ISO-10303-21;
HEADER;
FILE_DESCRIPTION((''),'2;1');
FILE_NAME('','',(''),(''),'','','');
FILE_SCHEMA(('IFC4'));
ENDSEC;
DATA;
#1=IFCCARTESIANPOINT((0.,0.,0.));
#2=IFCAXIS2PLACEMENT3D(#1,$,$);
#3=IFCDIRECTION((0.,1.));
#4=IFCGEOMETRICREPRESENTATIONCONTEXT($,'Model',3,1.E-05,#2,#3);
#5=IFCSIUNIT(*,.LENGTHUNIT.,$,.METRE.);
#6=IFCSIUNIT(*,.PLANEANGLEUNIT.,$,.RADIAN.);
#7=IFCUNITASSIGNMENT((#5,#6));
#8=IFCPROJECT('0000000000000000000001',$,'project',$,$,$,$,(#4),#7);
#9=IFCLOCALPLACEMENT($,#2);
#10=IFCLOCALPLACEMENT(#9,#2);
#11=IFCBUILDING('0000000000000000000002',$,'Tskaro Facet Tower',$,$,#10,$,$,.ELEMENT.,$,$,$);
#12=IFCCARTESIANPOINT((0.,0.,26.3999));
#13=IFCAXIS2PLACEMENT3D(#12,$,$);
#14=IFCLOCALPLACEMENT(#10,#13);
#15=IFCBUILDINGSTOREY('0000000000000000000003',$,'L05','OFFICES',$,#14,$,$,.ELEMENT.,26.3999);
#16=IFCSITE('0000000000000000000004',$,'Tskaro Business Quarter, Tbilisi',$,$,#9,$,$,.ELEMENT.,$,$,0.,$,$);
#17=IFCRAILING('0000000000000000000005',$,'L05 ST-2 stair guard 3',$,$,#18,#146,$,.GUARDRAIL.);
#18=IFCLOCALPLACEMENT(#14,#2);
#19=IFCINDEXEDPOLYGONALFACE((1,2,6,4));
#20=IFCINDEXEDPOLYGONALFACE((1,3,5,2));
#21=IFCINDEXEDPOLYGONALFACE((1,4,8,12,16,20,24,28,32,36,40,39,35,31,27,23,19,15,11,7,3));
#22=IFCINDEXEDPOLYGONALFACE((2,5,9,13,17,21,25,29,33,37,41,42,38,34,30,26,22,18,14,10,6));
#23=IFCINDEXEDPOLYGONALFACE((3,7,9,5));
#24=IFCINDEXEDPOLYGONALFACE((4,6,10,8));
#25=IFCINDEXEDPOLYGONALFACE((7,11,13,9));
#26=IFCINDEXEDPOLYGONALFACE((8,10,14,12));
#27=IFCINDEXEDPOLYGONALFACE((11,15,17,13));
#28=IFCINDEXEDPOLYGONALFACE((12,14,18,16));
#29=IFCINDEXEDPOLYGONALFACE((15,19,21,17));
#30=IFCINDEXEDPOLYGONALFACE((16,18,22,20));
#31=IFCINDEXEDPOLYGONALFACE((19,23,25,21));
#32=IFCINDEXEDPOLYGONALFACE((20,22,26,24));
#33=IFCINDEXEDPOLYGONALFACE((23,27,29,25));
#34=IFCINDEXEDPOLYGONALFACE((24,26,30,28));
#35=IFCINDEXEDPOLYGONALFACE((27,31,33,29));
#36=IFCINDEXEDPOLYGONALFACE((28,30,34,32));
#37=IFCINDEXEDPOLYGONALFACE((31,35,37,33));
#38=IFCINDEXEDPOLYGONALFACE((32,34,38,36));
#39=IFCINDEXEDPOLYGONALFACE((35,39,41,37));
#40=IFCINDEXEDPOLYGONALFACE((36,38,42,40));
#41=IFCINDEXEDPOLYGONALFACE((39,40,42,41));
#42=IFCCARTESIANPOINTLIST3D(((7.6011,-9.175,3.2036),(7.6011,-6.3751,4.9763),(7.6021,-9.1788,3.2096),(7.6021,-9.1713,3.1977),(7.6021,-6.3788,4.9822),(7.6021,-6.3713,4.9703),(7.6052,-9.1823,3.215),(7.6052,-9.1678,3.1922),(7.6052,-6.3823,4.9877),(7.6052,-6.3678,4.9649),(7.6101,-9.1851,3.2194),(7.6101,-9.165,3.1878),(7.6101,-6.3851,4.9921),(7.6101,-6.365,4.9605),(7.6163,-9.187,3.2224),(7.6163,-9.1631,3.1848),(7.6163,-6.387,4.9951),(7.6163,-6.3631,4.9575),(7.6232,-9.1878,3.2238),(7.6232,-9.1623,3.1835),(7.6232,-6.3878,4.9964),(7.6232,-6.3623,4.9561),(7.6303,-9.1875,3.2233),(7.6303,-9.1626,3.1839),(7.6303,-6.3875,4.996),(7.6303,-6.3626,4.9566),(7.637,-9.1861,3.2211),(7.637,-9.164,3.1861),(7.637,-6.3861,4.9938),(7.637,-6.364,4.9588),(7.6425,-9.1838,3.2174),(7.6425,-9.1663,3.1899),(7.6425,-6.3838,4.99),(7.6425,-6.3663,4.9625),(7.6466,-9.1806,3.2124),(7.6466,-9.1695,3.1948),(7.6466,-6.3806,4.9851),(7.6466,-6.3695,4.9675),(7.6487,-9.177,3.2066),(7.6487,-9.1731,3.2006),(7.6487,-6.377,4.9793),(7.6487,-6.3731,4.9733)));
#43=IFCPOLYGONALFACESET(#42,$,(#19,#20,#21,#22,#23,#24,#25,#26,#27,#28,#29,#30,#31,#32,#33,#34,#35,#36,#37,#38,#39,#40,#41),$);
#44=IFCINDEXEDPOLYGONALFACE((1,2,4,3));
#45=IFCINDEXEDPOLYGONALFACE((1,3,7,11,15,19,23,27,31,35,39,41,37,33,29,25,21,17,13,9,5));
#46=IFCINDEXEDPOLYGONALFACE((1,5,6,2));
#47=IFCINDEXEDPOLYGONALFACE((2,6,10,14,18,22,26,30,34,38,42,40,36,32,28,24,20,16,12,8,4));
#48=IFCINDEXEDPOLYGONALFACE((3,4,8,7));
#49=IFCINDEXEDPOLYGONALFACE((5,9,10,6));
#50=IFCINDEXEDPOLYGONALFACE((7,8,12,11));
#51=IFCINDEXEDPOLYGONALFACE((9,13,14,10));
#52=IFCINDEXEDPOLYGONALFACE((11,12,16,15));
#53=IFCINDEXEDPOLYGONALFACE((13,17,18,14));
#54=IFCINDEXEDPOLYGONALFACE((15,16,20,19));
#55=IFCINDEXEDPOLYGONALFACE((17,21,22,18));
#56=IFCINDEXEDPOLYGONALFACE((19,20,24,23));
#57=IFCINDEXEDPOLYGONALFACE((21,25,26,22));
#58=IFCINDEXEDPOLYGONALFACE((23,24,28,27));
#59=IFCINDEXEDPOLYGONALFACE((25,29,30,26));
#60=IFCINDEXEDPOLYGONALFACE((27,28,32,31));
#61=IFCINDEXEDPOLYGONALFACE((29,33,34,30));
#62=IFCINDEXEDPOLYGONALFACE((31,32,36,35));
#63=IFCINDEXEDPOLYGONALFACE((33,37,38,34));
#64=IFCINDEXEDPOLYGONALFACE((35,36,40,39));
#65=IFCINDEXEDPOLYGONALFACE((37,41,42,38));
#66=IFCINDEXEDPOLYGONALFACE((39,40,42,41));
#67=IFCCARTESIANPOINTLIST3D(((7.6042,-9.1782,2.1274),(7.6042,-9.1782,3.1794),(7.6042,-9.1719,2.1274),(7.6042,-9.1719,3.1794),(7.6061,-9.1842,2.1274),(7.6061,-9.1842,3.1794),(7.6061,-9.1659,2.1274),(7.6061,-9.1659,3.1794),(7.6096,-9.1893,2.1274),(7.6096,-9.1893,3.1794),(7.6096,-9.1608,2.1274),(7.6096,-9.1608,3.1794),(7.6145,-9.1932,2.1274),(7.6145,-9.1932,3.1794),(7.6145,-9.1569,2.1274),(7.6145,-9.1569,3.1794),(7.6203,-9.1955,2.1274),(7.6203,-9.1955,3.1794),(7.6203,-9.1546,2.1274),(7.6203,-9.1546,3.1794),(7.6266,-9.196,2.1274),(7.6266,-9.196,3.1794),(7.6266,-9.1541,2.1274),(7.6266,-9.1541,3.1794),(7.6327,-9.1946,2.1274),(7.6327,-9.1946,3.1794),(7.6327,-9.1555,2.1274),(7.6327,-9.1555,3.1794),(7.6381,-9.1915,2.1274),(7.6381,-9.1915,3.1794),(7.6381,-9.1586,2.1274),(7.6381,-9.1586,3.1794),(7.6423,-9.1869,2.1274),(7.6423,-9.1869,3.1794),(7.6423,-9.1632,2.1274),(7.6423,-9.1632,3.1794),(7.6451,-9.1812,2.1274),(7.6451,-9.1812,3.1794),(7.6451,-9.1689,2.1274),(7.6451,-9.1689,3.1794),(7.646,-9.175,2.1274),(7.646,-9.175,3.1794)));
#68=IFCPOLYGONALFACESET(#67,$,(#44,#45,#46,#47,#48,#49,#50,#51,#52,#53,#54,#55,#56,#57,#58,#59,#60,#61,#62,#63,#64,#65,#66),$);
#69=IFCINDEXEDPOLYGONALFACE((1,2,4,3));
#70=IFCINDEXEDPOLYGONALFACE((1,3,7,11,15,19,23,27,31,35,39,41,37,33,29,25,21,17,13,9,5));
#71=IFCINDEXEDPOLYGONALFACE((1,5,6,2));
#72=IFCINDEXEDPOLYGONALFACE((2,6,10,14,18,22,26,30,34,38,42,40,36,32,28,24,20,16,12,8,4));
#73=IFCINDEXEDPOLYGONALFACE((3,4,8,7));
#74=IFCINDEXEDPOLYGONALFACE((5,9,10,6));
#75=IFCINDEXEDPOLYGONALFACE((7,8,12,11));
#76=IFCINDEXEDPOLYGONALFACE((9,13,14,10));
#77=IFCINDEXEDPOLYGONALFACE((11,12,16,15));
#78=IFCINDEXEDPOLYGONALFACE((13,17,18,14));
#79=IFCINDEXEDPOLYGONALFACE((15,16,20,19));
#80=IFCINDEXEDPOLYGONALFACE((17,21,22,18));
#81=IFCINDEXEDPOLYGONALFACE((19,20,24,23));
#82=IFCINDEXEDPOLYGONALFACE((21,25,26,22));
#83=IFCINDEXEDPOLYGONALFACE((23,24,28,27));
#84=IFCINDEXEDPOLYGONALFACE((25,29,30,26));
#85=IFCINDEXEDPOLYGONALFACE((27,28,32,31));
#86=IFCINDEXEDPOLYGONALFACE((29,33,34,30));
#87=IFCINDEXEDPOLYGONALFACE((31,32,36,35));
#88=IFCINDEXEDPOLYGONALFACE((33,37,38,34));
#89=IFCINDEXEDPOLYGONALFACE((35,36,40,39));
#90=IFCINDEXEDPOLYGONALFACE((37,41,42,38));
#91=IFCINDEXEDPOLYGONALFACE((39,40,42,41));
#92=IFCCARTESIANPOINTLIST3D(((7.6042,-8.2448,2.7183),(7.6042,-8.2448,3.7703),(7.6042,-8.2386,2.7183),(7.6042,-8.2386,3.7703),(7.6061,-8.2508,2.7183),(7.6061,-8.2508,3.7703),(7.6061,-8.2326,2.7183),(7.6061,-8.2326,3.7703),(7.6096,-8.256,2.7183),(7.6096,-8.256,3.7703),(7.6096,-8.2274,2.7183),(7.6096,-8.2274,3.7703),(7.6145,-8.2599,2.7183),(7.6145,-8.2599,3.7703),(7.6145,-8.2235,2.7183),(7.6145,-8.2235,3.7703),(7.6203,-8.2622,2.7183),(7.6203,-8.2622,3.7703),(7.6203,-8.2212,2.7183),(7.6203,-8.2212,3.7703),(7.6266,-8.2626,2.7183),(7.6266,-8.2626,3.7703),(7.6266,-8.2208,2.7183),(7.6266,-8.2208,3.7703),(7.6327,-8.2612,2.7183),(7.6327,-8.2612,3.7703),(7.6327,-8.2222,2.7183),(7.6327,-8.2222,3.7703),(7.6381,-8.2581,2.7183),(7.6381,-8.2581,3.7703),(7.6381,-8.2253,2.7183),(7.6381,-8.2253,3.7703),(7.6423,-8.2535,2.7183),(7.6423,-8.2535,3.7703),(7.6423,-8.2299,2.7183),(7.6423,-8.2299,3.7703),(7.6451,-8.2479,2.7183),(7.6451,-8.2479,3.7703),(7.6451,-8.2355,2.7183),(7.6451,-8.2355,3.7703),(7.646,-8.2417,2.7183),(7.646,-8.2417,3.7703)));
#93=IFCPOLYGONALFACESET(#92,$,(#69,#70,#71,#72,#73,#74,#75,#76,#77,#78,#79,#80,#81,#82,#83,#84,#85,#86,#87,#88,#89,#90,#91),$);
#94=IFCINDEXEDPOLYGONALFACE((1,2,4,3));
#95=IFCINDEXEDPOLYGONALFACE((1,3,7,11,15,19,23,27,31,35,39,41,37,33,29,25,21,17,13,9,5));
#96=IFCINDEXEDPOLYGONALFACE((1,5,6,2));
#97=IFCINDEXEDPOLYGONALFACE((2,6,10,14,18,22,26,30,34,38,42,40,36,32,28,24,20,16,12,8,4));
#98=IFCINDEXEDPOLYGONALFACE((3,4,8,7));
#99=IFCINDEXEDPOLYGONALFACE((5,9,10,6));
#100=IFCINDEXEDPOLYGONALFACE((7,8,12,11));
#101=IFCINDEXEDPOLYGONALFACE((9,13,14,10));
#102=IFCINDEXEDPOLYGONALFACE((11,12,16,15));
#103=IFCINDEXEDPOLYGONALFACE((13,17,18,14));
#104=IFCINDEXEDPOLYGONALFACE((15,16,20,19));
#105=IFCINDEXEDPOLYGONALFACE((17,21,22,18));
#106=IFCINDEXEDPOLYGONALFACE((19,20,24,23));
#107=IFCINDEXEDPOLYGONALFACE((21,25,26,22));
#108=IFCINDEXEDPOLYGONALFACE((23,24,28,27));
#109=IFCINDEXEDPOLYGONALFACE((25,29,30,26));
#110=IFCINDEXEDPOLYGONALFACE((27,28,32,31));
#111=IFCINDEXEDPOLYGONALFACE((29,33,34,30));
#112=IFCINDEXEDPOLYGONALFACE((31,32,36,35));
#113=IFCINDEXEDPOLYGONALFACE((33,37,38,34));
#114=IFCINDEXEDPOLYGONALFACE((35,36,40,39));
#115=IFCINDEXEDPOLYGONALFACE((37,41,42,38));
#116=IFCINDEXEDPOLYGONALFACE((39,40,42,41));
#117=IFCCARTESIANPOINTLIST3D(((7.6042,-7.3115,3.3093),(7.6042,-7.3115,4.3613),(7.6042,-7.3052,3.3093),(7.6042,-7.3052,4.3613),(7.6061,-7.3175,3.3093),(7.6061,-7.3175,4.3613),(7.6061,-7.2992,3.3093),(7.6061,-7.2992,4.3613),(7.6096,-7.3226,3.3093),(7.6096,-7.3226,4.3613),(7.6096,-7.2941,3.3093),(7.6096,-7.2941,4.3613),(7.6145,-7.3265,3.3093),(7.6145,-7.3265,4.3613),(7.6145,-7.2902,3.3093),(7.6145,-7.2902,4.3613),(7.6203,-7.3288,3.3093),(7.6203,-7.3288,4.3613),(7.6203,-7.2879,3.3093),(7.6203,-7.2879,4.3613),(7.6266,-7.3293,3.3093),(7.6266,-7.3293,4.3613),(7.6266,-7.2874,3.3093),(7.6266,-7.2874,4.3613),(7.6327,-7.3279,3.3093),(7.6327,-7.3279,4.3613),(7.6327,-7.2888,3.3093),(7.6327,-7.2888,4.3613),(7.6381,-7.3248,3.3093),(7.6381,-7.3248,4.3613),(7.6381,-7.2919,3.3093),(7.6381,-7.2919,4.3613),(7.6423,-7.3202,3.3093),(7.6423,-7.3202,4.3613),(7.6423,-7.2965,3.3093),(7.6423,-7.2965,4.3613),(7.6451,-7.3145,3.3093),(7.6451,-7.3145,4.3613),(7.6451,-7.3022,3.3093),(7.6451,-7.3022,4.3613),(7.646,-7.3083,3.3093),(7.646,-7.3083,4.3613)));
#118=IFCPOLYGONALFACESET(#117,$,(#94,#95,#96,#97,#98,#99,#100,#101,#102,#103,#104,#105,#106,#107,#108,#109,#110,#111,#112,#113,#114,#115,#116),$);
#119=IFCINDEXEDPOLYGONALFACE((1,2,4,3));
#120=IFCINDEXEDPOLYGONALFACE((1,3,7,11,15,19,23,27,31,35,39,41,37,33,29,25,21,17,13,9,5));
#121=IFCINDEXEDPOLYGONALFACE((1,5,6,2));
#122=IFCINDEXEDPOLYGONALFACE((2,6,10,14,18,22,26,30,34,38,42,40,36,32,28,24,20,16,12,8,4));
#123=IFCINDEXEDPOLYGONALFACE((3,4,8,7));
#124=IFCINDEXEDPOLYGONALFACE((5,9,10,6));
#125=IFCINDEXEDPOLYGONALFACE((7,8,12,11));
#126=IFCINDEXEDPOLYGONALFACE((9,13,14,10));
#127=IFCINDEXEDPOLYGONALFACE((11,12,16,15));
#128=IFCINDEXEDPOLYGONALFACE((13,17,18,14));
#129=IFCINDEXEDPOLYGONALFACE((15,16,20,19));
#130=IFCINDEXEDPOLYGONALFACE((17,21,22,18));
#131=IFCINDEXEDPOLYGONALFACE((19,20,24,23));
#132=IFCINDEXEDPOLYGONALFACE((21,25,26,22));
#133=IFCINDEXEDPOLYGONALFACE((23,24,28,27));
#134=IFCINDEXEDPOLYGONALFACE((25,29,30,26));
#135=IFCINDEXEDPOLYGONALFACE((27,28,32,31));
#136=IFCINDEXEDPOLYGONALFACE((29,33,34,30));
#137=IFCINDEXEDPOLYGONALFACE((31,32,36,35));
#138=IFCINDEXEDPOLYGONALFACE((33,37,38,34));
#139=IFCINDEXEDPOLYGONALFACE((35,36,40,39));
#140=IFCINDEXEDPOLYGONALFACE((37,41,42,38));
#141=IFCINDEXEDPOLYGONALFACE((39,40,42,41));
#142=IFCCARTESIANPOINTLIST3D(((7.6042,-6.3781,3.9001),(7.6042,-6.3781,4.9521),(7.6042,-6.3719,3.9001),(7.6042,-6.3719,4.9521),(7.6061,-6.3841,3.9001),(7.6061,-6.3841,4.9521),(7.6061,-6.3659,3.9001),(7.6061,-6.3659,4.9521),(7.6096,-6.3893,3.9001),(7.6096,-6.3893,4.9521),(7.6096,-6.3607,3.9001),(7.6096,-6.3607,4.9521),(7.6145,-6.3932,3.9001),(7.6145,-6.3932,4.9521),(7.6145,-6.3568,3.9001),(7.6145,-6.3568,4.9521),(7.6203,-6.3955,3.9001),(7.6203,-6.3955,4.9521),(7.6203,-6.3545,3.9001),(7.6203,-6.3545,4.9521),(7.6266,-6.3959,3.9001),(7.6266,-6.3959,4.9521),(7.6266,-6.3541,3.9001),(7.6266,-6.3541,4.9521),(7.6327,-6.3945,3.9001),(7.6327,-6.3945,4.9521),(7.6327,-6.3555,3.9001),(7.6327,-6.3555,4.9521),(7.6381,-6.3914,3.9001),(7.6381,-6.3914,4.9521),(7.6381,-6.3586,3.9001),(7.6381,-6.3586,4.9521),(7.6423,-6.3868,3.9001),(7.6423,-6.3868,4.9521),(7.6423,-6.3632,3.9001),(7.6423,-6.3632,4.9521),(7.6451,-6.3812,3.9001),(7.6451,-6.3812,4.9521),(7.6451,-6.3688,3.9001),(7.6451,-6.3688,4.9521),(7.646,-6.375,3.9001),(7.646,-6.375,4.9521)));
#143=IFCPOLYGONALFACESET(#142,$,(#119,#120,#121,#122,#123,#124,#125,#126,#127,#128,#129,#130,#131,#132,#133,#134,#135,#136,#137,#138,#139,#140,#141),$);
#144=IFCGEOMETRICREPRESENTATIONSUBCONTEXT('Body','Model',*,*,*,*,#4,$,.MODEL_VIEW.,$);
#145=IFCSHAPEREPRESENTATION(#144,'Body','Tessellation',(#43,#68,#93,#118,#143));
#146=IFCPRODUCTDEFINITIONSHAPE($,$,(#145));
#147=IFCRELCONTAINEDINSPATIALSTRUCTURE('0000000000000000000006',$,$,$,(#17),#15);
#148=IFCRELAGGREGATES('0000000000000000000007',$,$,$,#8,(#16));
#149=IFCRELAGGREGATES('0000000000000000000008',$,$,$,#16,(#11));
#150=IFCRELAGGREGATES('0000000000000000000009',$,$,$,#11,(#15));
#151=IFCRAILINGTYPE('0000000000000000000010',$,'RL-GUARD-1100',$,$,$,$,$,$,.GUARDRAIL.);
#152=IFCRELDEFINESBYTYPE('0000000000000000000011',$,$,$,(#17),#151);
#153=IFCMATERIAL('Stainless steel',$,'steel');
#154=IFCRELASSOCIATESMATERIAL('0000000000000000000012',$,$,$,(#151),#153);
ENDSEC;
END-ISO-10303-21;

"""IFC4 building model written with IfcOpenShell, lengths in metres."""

from ifc_helpers import new_model, si_unit, direction, frame, origin, origin_2d, place, context, subcontext, project, spatial, circle, extrude, material, type_object, element, save


model = new_model("IFC4")

# Units and contexts
model_context = context("Model", 3, precision=1e-05, world=origin(), true_north=direction((0.0, 1.0)))
body_context = subcontext(model_context, "Body", "Model", "MODEL_VIEW")
ifc_project = project(units=[si_unit("LENGTHUNIT", "METRE"), si_unit("PLANEANGLEUNIT", "RADIAN")], contexts=[model_context])

# Site, building, storey
site_placement = place(None, origin())
site = spatial("IfcSite", under=ifc_project, at=site_placement, Name="Tskaro Business Quarter, Tbilisi", CompositionType="ELEMENT", RefElevation=0.0)
building_placement = place(site_placement, origin())
building = spatial("IfcBuilding", under=site, at=building_placement, Name="Tskaro Facet Tower", CompositionType="ELEMENT")
storey_placement = place(building_placement, frame((0.0, 0.0, 26.3999)))
storey = spatial("IfcBuildingStorey", under=building, at=storey_placement, Name="L05", Description="OFFICES", CompositionType="ELEMENT", Elevation=26.3999)

# Railing
ifc_material_1 = material(Name="Stainless steel", Category="steel")
railing_type_1 = type_object("IfcRailingType", Name="RL-GUARD-1100", PredefinedType="GUARDRAIL", material=ifc_material_1)
railing_1_placement = place(storey_placement, frame((7.625, -9.175, 2.1274)))
element("IfcRailing", 1, at=railing_1_placement, inside=storey, type_object=railing_type_1, Name="L05 ST-2 stair guard 3", PredefinedType="GUARDRAIL", context=body_context, shape_type="SweptSolid", body=[
    extrude(circle(Radius=0.0239, at=origin_2d()), frame((0.0, 0.0, 1.0762), z_axis=(0.0, 0.844909, 0.53491), x_axis=(-1.0, 0.0, 0.0)), (0.0, 0.0, 1.0), 3.314),
    extrude(circle(Radius=0.021, at=origin_2d()), origin(), (0.0, 0.0, 1.0), 1.052),
    extrude(circle(Radius=0.021, at=origin_2d()), frame((0.0, 0.9333, 0.5908)), (0.0, 0.0, 1.0), 1.052),
    extrude(circle(Radius=0.021, at=origin_2d()), frame((0.0, 1.8667, 1.1819)), (0.0, 0.0, 1.0), 1.052),
    extrude(circle(Radius=0.021, at=origin_2d()), frame((0.0, 2.8, 1.7727)), (0.0, 0.0, 1.0), 1.052),
])

save(model, "model.ifc")
